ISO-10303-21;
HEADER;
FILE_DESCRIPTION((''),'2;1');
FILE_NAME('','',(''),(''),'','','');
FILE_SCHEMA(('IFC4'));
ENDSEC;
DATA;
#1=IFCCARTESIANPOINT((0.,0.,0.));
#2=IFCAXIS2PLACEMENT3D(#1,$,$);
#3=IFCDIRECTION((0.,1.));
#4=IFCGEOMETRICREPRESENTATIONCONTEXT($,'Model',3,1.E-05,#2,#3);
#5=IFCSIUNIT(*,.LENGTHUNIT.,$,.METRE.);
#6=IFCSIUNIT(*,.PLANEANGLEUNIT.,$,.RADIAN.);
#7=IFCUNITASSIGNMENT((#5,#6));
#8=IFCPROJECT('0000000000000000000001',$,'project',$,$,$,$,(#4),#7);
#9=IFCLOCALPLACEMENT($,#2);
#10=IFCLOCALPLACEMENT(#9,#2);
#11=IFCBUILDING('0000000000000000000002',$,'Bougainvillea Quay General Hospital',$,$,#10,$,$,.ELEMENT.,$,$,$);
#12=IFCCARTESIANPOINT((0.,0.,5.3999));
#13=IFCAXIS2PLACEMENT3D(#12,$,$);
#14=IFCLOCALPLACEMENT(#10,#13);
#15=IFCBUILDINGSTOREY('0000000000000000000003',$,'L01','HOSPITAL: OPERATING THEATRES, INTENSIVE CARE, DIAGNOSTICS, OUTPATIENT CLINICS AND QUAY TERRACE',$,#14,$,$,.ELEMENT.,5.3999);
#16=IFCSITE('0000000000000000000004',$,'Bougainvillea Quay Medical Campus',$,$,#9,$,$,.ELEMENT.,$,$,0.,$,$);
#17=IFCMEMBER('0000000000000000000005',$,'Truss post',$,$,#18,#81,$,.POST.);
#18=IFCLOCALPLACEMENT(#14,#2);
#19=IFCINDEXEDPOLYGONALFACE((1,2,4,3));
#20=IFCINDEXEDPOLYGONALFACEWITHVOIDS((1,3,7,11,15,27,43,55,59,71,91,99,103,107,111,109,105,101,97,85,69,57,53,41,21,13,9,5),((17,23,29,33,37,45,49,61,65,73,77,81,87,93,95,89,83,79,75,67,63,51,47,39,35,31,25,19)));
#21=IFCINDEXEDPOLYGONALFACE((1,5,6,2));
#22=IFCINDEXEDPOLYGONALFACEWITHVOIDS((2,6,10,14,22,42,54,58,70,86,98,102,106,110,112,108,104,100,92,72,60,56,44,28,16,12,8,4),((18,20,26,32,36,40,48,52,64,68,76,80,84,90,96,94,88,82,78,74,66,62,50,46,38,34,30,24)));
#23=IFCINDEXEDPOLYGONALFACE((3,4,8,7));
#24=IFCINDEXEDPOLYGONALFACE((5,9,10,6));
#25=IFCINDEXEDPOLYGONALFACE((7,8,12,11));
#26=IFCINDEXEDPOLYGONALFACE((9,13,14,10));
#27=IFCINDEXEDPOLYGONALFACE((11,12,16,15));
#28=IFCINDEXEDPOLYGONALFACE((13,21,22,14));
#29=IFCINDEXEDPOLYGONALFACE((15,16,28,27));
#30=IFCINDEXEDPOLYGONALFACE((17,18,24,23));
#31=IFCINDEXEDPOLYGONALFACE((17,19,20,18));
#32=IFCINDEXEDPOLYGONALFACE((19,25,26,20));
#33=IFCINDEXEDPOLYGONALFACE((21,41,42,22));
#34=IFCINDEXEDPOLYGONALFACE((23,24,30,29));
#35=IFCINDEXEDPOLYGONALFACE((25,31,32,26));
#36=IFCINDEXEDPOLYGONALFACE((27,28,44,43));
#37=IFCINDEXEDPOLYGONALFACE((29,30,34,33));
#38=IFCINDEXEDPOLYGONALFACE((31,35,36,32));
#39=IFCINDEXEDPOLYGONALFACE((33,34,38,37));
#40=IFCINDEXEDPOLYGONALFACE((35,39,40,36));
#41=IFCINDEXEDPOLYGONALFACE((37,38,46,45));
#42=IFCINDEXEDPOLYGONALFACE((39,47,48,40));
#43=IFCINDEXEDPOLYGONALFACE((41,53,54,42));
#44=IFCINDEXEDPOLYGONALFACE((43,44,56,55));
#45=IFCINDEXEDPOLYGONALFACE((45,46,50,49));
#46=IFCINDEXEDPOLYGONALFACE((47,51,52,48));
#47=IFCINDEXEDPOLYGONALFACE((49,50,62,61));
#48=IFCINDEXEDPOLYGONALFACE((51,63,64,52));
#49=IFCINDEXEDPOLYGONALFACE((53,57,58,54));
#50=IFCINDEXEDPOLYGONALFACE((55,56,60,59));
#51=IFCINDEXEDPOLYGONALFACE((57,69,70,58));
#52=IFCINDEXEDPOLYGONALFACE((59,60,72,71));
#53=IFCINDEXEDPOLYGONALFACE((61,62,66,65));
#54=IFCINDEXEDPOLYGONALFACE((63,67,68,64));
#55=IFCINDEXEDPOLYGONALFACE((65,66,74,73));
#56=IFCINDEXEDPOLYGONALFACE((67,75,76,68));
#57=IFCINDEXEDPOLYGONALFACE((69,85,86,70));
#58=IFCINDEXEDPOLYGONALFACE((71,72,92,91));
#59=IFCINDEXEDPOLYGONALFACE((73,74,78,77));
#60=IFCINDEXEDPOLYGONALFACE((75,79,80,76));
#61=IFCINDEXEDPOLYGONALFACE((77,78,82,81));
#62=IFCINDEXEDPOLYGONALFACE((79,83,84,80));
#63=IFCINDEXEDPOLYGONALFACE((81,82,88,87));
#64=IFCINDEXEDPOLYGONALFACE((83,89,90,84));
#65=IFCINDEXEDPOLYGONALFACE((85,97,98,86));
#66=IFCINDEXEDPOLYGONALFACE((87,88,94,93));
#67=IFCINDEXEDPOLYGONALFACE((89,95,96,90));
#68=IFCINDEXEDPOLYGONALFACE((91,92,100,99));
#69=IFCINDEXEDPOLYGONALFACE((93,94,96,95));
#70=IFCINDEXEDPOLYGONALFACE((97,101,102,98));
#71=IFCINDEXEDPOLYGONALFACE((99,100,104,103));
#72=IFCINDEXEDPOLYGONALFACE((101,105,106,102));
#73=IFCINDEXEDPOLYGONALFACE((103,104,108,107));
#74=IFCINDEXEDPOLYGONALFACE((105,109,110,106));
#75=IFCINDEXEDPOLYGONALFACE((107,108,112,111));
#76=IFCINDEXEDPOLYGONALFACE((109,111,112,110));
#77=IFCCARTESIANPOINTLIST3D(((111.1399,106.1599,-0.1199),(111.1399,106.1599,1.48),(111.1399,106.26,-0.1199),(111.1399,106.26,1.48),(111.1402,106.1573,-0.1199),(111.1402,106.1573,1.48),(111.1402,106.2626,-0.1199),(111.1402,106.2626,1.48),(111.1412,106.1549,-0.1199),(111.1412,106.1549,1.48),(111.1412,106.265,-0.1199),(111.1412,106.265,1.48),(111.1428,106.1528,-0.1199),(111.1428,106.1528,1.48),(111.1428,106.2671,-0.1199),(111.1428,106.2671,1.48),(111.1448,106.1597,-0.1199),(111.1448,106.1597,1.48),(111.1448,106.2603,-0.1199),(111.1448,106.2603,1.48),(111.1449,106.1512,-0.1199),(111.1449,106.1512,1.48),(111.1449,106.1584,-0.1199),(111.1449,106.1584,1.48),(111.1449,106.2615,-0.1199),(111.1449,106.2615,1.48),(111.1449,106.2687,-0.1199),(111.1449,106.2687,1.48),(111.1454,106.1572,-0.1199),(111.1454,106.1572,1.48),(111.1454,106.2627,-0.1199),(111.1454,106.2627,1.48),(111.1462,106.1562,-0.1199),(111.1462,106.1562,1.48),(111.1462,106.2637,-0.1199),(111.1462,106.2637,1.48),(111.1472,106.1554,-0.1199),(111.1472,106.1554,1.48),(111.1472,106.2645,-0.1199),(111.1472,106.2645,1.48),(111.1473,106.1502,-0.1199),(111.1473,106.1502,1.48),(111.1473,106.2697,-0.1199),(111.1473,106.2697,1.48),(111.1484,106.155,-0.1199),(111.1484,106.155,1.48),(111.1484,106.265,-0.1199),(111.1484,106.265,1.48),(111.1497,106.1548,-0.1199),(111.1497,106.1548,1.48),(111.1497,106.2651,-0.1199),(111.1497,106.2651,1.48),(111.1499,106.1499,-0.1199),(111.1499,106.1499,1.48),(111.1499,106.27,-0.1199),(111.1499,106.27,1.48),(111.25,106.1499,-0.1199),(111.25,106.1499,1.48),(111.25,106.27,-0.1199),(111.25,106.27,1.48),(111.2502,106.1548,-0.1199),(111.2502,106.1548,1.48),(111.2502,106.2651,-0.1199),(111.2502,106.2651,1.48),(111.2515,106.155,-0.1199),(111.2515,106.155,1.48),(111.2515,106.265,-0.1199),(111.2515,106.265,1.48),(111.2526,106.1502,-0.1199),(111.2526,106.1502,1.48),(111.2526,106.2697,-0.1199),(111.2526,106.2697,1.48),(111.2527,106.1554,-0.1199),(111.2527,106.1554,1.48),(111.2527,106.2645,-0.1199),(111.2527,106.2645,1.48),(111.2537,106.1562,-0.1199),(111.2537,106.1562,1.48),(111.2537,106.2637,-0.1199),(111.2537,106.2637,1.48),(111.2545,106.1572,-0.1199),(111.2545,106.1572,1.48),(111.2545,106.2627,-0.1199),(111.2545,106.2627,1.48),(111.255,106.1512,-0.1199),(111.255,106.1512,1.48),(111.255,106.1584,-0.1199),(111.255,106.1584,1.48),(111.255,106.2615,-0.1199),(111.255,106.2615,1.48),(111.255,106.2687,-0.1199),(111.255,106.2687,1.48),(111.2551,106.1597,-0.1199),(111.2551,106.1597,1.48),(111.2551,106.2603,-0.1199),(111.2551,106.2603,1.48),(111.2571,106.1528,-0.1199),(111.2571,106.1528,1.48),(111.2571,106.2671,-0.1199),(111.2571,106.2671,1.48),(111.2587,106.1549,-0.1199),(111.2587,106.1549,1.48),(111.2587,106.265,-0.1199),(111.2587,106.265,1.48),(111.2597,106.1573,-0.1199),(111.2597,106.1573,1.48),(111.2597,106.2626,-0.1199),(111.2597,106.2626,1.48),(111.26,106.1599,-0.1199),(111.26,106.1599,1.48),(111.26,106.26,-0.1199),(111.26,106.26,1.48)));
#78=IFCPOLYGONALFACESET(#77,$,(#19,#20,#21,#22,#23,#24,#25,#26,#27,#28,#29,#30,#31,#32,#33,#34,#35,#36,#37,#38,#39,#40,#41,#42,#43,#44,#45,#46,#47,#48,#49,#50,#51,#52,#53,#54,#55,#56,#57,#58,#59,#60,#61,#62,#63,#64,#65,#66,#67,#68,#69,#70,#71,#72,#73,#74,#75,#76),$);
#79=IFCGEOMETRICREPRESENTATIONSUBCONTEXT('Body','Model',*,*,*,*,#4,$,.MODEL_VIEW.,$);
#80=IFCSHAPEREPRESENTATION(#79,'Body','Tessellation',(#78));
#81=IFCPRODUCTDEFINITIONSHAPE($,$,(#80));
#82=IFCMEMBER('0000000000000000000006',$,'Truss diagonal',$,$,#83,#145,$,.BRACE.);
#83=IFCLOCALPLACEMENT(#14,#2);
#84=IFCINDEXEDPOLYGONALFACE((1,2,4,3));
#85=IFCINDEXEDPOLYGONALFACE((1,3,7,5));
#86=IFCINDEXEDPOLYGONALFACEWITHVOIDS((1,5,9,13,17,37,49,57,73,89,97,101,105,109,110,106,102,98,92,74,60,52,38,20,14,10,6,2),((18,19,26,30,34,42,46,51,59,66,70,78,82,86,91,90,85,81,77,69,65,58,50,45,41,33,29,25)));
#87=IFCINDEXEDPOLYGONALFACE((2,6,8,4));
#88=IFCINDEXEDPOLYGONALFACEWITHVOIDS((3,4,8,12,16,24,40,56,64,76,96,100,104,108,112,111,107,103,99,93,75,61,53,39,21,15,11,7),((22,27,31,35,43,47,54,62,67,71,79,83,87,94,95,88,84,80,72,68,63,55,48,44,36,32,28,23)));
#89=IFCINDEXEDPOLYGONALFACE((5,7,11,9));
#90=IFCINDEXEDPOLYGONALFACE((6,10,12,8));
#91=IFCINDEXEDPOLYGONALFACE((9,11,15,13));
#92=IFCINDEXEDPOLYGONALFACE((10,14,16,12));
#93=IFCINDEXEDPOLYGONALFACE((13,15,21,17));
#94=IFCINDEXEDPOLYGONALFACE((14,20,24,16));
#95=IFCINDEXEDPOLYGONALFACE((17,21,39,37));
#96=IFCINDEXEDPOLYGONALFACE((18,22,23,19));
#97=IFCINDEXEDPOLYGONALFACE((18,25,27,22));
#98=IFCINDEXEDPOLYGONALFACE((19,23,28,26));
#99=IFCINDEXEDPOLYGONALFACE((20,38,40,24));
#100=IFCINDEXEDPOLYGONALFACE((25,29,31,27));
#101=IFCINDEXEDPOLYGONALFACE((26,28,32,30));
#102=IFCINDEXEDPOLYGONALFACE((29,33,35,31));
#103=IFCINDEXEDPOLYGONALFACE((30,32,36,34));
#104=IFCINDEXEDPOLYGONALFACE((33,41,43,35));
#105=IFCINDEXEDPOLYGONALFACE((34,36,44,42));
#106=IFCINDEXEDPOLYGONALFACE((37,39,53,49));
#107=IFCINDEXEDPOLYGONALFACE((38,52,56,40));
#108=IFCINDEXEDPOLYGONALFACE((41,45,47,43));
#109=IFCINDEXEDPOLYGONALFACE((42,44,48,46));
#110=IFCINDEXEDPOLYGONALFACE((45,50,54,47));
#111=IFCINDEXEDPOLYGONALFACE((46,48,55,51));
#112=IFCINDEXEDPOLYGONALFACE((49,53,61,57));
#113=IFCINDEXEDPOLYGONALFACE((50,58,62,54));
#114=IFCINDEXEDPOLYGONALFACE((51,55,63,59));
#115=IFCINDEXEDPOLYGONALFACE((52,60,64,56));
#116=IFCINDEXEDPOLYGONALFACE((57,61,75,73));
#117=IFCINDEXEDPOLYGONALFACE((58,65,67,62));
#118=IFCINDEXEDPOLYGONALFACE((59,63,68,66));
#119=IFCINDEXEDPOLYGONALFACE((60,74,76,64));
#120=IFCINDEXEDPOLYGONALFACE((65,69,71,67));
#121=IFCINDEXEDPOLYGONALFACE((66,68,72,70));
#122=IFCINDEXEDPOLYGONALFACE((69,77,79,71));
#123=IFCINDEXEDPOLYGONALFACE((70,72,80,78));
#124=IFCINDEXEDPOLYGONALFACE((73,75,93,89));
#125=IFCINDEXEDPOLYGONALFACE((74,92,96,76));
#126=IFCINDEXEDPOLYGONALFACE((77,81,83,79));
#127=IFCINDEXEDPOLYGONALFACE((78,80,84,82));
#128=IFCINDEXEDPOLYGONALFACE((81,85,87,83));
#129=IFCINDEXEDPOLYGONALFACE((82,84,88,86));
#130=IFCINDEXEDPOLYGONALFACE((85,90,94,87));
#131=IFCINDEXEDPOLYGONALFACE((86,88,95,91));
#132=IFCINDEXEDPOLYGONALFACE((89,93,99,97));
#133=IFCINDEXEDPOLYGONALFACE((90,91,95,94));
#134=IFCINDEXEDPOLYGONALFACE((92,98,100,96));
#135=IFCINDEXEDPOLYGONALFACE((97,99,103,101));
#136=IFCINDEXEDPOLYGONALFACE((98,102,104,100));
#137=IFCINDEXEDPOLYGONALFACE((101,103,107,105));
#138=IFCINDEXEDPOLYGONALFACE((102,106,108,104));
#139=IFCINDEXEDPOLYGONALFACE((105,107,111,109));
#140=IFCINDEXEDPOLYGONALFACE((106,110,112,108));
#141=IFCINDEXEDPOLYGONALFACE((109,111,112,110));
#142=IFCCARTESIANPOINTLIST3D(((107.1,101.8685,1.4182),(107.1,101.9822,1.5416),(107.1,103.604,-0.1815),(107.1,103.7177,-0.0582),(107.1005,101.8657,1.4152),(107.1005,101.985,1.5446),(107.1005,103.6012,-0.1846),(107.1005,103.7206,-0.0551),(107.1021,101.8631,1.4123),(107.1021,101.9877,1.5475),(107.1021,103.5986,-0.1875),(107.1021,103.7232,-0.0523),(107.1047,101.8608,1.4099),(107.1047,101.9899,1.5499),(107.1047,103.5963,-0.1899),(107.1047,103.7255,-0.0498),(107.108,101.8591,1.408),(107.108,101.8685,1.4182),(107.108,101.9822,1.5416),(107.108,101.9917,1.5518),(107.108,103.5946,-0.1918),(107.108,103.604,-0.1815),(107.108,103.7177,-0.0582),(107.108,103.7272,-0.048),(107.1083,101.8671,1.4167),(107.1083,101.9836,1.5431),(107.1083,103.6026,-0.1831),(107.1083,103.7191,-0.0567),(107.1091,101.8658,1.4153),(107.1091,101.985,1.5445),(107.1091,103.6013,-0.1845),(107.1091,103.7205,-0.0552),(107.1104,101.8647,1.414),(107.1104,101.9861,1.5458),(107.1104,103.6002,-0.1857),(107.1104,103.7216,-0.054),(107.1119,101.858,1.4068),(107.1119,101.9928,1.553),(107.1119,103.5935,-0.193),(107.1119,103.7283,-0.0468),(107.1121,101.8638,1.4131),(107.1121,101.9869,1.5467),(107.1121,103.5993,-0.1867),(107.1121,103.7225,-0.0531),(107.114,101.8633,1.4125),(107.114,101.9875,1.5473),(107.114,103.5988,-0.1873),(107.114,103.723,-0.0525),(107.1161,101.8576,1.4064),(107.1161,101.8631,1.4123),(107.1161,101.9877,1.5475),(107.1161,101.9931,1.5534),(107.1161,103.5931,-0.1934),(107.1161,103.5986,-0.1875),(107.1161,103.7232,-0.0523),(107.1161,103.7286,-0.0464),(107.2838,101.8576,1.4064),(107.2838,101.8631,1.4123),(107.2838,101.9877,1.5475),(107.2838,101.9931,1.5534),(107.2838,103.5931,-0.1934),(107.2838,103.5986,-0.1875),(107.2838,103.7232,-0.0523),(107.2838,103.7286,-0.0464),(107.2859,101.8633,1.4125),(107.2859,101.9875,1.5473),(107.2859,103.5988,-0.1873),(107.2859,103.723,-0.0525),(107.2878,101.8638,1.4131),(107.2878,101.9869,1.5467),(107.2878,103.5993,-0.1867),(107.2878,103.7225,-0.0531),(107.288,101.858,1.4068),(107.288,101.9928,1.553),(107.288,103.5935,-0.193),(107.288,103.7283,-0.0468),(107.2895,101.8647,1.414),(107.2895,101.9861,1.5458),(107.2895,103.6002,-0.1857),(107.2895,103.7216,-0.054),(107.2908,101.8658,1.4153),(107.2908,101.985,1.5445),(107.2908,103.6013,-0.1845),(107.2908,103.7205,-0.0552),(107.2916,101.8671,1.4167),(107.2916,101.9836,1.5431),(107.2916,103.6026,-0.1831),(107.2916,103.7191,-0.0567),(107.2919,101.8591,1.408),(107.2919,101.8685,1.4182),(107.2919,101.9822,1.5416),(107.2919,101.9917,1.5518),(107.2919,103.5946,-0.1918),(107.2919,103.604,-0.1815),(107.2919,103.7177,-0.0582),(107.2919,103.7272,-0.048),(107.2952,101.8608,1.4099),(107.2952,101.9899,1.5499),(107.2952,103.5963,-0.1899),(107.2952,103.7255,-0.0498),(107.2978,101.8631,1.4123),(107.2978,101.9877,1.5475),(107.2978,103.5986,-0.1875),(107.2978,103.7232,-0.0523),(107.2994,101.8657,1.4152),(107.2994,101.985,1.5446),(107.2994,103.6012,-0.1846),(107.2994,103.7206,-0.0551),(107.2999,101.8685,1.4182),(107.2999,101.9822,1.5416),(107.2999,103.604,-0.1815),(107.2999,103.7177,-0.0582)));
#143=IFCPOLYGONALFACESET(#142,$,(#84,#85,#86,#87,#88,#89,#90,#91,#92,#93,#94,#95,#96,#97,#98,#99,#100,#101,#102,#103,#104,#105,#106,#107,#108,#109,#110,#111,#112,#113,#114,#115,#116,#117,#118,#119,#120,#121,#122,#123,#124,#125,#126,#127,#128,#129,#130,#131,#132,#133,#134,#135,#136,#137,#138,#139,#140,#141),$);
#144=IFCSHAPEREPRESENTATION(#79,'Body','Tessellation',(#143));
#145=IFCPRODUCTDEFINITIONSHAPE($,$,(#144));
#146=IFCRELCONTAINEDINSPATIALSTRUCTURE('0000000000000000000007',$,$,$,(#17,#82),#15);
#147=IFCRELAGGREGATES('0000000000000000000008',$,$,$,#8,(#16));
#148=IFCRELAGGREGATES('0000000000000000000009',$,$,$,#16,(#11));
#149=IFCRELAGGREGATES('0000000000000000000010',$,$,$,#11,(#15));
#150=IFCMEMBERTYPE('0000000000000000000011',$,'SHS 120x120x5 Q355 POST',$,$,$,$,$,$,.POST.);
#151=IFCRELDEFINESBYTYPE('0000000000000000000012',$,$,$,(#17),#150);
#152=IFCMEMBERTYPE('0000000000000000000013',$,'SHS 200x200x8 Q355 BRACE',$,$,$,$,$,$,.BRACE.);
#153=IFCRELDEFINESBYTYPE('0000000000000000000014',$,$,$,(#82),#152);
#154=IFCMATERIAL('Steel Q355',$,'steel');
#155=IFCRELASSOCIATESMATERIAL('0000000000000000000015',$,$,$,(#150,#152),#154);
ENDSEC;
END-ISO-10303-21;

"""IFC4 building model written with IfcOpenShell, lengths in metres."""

from ifc_helpers import new_model, si_unit, direction, frame, origin, origin_2d, place, context, subcontext, project, spatial, hollow_rectangle, extrude, material, material_profile, profile_set, type_object, element, save


model = new_model("IFC4")

# Units and contexts
model_context = context("Model", 3, precision=1e-05, world=origin(), true_north=direction((0.0, 1.0)))
body_context = subcontext(model_context, "Body", "Model", "MODEL_VIEW")
ifc_project = project(units=[si_unit("LENGTHUNIT", "METRE"), si_unit("PLANEANGLEUNIT", "RADIAN")], contexts=[model_context])

# Site, building, storey
site_placement = place(None, origin())
site = spatial("IfcSite", under=ifc_project, at=site_placement, Name="Bougainvillea Quay Medical Campus", CompositionType="ELEMENT", RefElevation=0.0)
building_placement = place(site_placement, origin())
building = spatial("IfcBuilding", under=site, at=building_placement, Name="Bougainvillea Quay General Hospital", CompositionType="ELEMENT")
storey_placement = place(building_placement, frame((0.0, 0.0, 5.3999)))
storey = spatial("IfcBuildingStorey", under=building, at=storey_placement, Name="L01", Description="HOSPITAL: OPERATING THEATRES, INTENSIVE CARE, DIAGNOSTICS, OUTPATIENT CLINICS AND QUAY TERRACE", CompositionType="ELEMENT", Elevation=5.3999)

# Members
ifc_material = material(Name="Steel Q355", Category="steel")
ifc_material_profile_1 = material_profile(ifc_material, hollow_rectangle(XDim=0.1201, YDim=0.1201, WallThickness=0.0049, InnerFilletRadius=0.0049, OuterFilletRadius=0.01, at=origin_2d()))
ifc_profile_set_1 = profile_set([ifc_material_profile_1], Name="Steel Q355")
member_type_1 = type_object("IfcMemberType", Name="SHS 120x120x5 Q355 POST", PredefinedType="POST", material=ifc_profile_set_1)
for number, where, z_axis, x_axis, name in (
    (1, (111.2, 106.21, -0.1199), (0.0, 0.0, 1.0), (1.0, 0.0, 0.0), "Truss post"),
):
    element("IfcMember", number, at=place(storey_placement, frame(where, z_axis=z_axis, x_axis=x_axis)), inside=storey, type_object=member_type_1, Name=name, PredefinedType="POST", context=body_context, shape_type="SweptSolid", body=[
        extrude(hollow_rectangle(XDim=0.1201, YDim=0.1201, WallThickness=0.0049, InnerFilletRadius=0.0049, OuterFilletRadius=0.01, at=origin_2d()), origin(), (0.0, 0.0, 1.0), 1.5999),
    ])
ifc_material_profile_2 = material_profile(ifc_material, hollow_rectangle(XDim=0.2, YDim=0.2, WallThickness=0.0081, InnerFilletRadius=0.0081, OuterFilletRadius=0.0161, at=origin_2d()))
ifc_profile_set_2 = profile_set([ifc_material_profile_2], Name="Steel Q355")
member_type_2 = type_object("IfcMemberType", Name="SHS 200x200x8 Q355 BRACE", PredefinedType="BRACE", material=ifc_profile_set_2)
for number, where, z_axis, x_axis, name in (
    (2, (107.2, 103.6609, -0.1199), (0.0, -0.735275, 0.677769), (1.0, 0.0, 0.0), "Truss diagonal"),
):
    element("IfcMember", number, at=place(storey_placement, frame(where, z_axis=z_axis, x_axis=x_axis)), inside=storey, type_object=member_type_2, Name=name, PredefinedType="BRACE", context=body_context, shape_type="SweptSolid", body=[
        extrude(hollow_rectangle(XDim=0.2, YDim=0.2, WallThickness=0.0081, InnerFilletRadius=0.0081, OuterFilletRadius=0.0161, at=origin_2d()), origin(), (0.0, 0.0, 1.0), 2.3604),
    ])

save(model, "model.ifc")
